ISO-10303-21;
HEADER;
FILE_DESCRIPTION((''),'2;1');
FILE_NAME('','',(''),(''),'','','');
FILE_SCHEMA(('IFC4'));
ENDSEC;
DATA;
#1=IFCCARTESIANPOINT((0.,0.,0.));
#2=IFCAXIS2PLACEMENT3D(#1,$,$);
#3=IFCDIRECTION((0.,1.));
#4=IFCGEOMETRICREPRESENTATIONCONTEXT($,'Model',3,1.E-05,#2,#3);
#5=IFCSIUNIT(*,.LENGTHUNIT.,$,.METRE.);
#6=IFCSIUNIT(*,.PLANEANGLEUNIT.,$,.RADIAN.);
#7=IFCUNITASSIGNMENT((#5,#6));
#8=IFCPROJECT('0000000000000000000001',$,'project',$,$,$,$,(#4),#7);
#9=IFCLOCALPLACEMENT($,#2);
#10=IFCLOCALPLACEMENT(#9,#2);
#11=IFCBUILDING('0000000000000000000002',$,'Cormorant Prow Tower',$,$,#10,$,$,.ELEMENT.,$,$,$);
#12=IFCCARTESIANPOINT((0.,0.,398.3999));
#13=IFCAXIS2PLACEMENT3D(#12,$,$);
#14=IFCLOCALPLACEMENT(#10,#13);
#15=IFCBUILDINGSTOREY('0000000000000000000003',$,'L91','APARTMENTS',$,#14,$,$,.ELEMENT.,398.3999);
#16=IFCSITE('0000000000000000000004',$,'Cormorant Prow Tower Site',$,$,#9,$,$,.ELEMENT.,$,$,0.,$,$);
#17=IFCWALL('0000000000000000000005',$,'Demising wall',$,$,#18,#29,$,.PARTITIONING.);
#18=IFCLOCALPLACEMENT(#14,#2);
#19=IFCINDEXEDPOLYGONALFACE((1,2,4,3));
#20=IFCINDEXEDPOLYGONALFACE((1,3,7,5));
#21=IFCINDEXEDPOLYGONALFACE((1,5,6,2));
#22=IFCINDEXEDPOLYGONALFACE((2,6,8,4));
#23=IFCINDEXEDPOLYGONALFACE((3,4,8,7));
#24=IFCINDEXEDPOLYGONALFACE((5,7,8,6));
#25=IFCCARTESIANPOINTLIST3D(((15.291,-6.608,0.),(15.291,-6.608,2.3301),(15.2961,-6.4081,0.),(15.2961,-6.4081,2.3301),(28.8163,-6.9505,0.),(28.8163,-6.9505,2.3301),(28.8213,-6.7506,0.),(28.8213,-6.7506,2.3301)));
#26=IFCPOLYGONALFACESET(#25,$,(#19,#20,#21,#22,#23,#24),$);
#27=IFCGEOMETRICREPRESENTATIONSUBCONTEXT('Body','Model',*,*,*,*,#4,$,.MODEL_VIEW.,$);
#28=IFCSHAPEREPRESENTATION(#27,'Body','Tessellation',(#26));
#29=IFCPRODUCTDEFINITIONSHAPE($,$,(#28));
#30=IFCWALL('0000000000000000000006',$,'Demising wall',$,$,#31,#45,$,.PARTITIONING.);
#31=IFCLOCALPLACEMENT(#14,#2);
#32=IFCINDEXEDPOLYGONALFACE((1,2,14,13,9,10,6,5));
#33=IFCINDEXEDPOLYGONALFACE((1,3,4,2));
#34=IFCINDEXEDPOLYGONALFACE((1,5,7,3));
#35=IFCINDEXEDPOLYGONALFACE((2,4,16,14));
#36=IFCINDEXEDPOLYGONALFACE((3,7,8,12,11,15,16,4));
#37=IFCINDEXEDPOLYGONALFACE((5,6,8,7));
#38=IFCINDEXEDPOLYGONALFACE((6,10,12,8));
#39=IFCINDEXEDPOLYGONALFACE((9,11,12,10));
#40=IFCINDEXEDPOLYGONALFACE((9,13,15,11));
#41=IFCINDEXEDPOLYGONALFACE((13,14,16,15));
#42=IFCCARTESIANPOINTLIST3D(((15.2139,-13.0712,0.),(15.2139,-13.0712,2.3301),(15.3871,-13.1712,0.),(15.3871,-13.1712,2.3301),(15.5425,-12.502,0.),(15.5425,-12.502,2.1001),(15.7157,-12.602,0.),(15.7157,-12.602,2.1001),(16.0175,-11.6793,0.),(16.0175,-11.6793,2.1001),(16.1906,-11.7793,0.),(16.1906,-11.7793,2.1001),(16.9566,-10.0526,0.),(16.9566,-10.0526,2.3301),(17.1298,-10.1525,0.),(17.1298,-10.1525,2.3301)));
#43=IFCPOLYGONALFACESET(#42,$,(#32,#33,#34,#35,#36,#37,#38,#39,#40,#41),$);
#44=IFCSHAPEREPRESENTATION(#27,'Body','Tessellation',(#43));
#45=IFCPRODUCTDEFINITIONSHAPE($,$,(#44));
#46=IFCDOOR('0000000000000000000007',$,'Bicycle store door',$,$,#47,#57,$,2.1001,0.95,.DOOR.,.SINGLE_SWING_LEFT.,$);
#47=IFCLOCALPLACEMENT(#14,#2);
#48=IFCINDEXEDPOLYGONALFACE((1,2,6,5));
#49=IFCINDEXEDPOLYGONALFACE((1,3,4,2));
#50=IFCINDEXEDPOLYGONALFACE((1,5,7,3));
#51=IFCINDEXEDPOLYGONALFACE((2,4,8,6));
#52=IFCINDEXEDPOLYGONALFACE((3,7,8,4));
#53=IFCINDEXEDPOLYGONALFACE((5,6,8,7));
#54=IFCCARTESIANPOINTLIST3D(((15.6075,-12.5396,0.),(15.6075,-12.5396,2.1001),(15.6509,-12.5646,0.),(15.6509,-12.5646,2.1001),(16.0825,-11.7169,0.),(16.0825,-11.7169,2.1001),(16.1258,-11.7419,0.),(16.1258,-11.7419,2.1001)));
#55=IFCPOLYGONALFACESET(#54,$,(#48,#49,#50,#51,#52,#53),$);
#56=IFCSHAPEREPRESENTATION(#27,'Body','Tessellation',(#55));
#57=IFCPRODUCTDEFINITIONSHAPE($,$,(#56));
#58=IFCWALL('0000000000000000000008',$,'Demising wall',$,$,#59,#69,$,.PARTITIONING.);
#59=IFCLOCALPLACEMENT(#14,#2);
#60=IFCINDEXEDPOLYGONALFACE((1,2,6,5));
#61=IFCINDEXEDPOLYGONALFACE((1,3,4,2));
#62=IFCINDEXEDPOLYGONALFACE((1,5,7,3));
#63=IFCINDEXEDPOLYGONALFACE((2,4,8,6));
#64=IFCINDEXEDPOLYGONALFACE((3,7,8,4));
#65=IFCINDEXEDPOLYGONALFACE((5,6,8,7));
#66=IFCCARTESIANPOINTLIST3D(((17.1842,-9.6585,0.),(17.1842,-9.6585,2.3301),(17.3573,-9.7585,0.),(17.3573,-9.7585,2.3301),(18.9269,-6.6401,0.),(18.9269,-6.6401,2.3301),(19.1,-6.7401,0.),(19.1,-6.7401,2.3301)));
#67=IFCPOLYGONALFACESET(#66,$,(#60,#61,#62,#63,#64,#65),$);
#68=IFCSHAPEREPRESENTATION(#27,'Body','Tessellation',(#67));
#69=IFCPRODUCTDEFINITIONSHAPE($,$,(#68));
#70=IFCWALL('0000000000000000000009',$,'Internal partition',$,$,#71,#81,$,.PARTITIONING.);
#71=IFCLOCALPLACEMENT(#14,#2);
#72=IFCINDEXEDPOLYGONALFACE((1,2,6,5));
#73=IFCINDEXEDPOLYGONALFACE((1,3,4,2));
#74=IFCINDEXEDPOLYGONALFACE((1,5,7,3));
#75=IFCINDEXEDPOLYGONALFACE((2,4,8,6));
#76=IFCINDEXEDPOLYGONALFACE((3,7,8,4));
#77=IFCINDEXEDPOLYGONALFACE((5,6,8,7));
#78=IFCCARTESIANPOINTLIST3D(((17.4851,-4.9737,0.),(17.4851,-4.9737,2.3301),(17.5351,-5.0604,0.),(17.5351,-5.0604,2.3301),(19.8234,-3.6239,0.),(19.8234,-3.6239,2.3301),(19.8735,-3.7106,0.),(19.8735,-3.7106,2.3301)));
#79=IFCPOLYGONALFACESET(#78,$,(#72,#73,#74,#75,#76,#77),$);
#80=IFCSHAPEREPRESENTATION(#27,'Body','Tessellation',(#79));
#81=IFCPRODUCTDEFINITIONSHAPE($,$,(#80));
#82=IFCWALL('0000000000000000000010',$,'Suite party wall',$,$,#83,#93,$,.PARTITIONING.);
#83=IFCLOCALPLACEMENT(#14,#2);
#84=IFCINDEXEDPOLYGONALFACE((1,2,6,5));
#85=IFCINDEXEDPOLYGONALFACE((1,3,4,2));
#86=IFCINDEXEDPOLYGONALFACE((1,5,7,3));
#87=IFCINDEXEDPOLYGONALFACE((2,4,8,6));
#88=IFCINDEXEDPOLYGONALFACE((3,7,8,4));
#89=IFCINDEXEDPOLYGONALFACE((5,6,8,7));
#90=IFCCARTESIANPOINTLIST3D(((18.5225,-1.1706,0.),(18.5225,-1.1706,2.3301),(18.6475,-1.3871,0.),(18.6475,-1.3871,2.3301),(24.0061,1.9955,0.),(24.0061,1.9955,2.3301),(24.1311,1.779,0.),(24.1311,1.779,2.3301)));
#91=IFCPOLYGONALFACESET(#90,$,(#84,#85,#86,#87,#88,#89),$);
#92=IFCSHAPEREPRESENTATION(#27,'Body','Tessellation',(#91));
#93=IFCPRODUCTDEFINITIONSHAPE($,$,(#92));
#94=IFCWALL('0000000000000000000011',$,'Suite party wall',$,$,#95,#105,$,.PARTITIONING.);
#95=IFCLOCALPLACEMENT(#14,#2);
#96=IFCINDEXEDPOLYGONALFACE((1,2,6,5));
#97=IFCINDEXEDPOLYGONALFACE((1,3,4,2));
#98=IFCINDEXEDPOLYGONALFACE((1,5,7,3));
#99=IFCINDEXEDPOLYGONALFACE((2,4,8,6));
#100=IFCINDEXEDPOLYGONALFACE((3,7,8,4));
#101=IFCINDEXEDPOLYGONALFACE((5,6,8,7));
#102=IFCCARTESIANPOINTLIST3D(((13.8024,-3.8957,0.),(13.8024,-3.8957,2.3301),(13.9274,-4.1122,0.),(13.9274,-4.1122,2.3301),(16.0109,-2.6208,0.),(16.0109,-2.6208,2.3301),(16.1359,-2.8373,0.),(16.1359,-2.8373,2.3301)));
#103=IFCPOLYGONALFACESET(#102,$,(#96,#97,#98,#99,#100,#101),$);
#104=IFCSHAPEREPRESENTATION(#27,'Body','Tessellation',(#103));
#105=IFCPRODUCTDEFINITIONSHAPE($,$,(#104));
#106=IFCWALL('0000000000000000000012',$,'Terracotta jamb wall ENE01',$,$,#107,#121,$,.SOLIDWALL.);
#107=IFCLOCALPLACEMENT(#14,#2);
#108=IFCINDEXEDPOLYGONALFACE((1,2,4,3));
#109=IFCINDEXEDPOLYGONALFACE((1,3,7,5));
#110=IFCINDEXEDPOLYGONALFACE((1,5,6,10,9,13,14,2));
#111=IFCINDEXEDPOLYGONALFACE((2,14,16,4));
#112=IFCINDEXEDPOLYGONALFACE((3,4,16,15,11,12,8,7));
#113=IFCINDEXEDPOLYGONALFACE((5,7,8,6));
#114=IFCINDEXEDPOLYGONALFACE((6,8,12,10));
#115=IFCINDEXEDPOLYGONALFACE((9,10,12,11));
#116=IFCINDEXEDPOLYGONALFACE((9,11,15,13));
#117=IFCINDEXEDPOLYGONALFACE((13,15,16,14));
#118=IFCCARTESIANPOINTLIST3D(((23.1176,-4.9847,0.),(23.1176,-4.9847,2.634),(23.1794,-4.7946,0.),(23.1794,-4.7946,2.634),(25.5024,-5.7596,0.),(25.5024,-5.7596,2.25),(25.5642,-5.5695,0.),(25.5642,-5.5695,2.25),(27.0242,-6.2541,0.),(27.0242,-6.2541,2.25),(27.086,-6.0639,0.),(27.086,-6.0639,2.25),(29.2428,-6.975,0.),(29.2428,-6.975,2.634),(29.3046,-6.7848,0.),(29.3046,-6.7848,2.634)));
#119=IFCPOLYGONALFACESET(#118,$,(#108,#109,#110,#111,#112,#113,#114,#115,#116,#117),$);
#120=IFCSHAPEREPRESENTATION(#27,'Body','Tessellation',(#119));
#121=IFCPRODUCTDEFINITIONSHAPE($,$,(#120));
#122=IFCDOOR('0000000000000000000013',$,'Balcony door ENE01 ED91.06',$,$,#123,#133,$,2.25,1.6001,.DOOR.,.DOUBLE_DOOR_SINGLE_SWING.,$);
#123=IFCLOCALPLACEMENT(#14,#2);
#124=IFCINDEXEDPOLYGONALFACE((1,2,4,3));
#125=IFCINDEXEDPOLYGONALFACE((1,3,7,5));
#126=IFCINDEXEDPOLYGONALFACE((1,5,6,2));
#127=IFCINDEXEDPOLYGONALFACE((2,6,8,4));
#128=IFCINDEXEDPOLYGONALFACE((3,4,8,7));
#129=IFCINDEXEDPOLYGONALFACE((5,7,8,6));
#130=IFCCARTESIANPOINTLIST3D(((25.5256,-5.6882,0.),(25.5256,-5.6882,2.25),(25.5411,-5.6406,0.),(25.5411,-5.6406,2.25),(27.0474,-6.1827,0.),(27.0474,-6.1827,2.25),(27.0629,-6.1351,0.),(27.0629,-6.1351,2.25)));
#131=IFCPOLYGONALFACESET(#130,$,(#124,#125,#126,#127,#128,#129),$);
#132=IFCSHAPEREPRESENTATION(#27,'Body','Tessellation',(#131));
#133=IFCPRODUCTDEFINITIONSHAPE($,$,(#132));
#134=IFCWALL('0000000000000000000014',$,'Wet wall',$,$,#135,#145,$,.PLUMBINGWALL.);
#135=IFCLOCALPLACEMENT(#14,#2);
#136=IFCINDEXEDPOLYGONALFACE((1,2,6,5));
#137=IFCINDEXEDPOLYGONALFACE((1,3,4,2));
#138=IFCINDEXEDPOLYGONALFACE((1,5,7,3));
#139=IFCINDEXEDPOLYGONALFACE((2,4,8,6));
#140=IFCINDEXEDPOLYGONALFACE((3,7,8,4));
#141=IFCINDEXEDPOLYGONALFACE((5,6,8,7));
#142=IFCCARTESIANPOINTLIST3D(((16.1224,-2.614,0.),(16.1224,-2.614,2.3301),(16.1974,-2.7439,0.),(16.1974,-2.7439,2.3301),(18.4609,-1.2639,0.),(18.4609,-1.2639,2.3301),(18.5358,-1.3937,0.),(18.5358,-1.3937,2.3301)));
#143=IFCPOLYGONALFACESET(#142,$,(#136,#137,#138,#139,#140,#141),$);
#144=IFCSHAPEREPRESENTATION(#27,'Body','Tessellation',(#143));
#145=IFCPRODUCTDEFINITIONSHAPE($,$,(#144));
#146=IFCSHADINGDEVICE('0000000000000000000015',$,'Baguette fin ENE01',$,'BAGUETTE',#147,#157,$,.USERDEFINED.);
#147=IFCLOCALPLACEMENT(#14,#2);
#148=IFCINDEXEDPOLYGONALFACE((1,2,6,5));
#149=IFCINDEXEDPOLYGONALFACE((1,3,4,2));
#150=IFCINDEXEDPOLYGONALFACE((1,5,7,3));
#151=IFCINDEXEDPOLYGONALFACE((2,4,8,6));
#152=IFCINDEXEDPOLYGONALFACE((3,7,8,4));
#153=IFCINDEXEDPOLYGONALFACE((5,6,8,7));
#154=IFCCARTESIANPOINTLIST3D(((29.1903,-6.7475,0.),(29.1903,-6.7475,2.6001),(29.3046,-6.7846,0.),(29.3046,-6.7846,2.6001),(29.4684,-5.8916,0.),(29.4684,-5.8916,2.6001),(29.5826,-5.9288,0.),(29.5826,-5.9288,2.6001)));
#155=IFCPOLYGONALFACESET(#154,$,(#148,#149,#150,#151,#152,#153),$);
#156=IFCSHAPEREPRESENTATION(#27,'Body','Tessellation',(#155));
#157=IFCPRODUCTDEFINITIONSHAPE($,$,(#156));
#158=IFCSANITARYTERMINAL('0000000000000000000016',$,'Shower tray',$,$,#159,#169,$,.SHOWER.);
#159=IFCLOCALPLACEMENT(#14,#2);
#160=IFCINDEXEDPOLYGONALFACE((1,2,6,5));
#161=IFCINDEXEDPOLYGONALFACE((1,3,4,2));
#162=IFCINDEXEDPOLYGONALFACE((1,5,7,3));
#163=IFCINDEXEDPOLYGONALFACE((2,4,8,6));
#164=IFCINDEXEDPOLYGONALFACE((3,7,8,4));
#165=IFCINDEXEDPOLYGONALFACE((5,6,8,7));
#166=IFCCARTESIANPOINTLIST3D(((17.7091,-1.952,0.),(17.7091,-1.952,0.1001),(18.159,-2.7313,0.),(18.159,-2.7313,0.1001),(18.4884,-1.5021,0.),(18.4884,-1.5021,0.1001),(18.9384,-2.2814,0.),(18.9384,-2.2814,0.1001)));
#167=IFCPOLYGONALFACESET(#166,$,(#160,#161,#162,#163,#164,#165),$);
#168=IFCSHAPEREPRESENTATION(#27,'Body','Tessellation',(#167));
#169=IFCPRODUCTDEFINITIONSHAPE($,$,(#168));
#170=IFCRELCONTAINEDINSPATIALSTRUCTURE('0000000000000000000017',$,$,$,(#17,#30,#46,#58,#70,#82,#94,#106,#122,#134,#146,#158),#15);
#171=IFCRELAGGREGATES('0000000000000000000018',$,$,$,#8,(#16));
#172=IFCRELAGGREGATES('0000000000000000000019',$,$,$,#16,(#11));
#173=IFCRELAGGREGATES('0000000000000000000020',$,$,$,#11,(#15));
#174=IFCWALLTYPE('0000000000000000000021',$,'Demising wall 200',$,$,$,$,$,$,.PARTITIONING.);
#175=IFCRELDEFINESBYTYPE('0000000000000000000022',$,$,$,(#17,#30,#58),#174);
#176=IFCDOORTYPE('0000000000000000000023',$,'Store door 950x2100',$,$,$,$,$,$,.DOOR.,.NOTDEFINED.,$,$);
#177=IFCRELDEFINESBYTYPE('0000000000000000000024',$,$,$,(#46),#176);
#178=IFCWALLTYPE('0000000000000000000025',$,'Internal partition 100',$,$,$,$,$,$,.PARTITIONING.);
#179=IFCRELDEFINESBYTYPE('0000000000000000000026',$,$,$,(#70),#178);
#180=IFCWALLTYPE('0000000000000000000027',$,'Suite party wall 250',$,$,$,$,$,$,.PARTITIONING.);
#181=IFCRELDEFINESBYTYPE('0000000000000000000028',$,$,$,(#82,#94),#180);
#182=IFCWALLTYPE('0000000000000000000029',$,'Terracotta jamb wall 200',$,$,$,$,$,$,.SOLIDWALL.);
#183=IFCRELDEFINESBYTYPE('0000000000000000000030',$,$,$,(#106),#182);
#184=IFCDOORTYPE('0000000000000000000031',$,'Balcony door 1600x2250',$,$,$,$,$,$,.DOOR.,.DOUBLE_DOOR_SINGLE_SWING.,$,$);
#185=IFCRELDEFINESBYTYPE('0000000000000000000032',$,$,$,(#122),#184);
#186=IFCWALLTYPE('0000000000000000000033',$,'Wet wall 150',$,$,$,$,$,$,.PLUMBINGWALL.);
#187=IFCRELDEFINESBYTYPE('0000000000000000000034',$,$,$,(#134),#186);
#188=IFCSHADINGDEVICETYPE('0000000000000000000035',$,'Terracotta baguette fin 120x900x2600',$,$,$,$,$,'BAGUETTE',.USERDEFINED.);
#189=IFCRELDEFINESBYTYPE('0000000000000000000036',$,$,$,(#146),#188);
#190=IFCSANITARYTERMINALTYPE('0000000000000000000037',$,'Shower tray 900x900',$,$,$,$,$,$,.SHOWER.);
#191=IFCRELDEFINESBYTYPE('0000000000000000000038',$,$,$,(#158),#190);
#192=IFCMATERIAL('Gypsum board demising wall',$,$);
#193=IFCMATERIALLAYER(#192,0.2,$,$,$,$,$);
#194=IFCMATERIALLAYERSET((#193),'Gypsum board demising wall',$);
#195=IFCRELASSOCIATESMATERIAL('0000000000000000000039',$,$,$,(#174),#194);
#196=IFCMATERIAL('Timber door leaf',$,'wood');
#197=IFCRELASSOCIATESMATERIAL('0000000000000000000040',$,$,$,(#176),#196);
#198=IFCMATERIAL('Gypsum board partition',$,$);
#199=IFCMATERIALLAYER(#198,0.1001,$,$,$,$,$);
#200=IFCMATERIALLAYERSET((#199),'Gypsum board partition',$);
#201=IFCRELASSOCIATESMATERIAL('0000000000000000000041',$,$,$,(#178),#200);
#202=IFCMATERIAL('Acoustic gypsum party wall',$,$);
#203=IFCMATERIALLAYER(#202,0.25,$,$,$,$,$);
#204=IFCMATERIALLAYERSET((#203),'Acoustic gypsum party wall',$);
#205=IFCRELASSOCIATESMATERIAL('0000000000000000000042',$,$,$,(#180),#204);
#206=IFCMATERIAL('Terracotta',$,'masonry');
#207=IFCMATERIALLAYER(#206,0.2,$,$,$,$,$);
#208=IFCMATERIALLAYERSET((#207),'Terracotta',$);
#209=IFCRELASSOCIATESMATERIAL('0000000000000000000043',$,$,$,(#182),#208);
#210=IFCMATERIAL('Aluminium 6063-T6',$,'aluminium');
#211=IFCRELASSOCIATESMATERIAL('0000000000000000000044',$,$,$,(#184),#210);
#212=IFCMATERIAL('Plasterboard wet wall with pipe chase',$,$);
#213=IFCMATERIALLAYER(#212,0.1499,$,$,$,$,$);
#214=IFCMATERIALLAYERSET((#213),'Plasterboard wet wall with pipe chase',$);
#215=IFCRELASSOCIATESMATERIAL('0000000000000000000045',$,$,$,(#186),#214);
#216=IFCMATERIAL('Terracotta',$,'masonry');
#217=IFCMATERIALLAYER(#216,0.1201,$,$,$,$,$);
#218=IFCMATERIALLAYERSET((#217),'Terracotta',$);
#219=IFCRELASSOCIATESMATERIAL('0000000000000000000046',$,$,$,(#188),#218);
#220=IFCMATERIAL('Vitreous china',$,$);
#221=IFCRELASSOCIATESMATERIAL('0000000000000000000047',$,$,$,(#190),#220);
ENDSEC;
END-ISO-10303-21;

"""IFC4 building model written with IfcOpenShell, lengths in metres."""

from ifc_helpers import new_model, si_unit, direction, frame, frame_2d, origin, origin_2d, place, context, subcontext, project, spatial, rectangle, extrude, material, layer, layer_set, type_object, element, fill, save


model = new_model("IFC4")

# Units and contexts
model_context = context("Model", 3, precision=1e-05, world=origin(), true_north=direction((0.0, 1.0)))
body_context = subcontext(model_context, "Body", "Model", "MODEL_VIEW")
ifc_project = project(units=[si_unit("LENGTHUNIT", "METRE"), si_unit("PLANEANGLEUNIT", "RADIAN")], contexts=[model_context])

# Site, building, storey
site_placement = place(None, origin())
site = spatial("IfcSite", under=ifc_project, at=site_placement, Name="Cormorant Prow Tower Site", CompositionType="ELEMENT", RefElevation=0.0)
building_placement = place(site_placement, origin())
building = spatial("IfcBuilding", under=site, at=building_placement, Name="Cormorant Prow Tower", CompositionType="ELEMENT")
storey_placement = place(building_placement, frame((0.0, 0.0, 398.3999)))
storey = spatial("IfcBuildingStorey", under=building, at=storey_placement, Name="L91", Description="APARTMENTS", CompositionType="ELEMENT", Elevation=398.3999)

# Wall
ifc_material_1 = material(Name="Gypsum board demising wall")
ifc_layer_1 = layer(ifc_material_1, 0.2)
ifc_layer_set_1 = layer_set([ifc_layer_1], Name="Gypsum board demising wall")
wall_type_1 = type_object("IfcWallType", Name="Demising wall 200", PredefinedType="PARTITIONING", material=ifc_layer_set_1)
wall_1_placement = place(storey_placement, frame((15.2937, -6.5081, 0.0), z_axis=(0.0, 0.0, 1.0), x_axis=(0.999679, -0.025317, 0.0)))
element("IfcWall", 1, at=wall_1_placement, inside=storey, type_object=wall_type_1, Name="Demising wall", PredefinedType="PARTITIONING", context=body_context, shape_type="SweptSolid", body=[
    extrude(rectangle(XDim=13.5295, YDim=0.2, at=frame_2d((6.7646, 0.0))), origin(), (0.0, 0.0, 1.0), 2.3301),
])

# Wall, opening, door
wall_2_placement = place(storey_placement, frame((15.3005, -13.1211, 0.0), z_axis=(0.0, 0.0, 1.0), x_axis=(0.499981, 0.866036, 0.0)))
wall_2 = element("IfcWall", 2, at=wall_2_placement, inside=storey, type_object=wall_type_1, Name="Demising wall", PredefinedType="PARTITIONING", context=body_context, shape_type="SweptSolid", body=[
    extrude(rectangle(XDim=3.4856, YDim=0.2, at=frame_2d((1.7427, 0.0))), origin(), (0.0, 0.0, 1.0), 2.3301),
])
opening_1_placement = place(wall_2_placement, frame((0.657, 0.0, 0.0)))
opening_1 = element("IfcOpeningElement", 3, at=opening_1_placement, cuts=wall_2, PredefinedType="OPENING", context=body_context, shape_type="SweptSolid", body=[
    extrude(rectangle(XDim=0.95, YDim=2.1001, at=frame_2d((0.4751, 1.05))), frame((0.0, 0.1099, 0.0), z_axis=(0.0, -1.0, 0.0), x_axis=(1.0, 0.0, 0.0)), (0.0, 0.0, 1.0), 0.22),
])
ifc_material_2 = material(Name="Timber door leaf", Category="wood")
door_type_1 = type_object("IfcDoorType", Name="Store door 950x2100", OperationType="NOTDEFINED", PredefinedType="DOOR", material=ifc_material_2)
door_1_placement = place(opening_1_placement, origin())
door_1 = element("IfcDoor", 4, at=door_1_placement, inside=storey, type_object=door_type_1, Name="Bicycle store door", OperationType="SINGLE_SWING_LEFT", OverallHeight=2.1001, OverallWidth=0.95, PredefinedType="DOOR", context=body_context, shape_type="SweptSolid", body=[
    extrude(rectangle(XDim=0.95, YDim=2.1001, at=frame_2d((0.4751, 1.05))), frame((0.0, 0.0249, 0.0), z_axis=(0.0, -1.0, 0.0), x_axis=(1.0, 0.0, 0.0)), (0.0, 0.0, 1.0), 0.05),
])
fill(opening_1, door_1)

# Walls
wall_3_placement = place(storey_placement, frame((17.2708, -9.7085, 0.0), z_axis=(0.0, 0.0, 1.0), x_axis=(0.500011, 0.866019, 0.0)))
element("IfcWall", 5, at=wall_3_placement, inside=storey, type_object=wall_type_1, Name="Demising wall", PredefinedType="PARTITIONING", context=body_context, shape_type="SweptSolid", body=[
    extrude(rectangle(XDim=3.4854, YDim=0.2, at=frame_2d((1.7427, 0.0))), origin(), (0.0, 0.0, 1.0), 2.3301),
])
ifc_material_3 = material(Name="Gypsum board partition")
ifc_layer_2 = layer(ifc_material_3, 0.1001)
ifc_layer_set_2 = layer_set([ifc_layer_2], Name="Gypsum board partition")
wall_type_2 = type_object("IfcWallType", Name="Internal partition 100", PredefinedType="PARTITIONING", material=ifc_layer_set_2)
wall_4_placement = place(storey_placement, frame((17.51, -5.0171, 0.0), z_axis=(0.0, 0.0, 1.0), x_axis=(0.866059, 0.499942, 0.0)))
element("IfcWall", 6, at=wall_4_placement, inside=storey, type_object=wall_type_2, Name="Internal partition", PredefinedType="PARTITIONING", context=body_context, shape_type="SweptSolid", body=[
    extrude(rectangle(XDim=2.7, YDim=0.1001, at=frame_2d((1.3501, 0.0))), origin(), (0.0, 0.0, 1.0), 2.3301),
])
ifc_material_4 = material(Name="Acoustic gypsum party wall")
ifc_layer_3 = layer(ifc_material_4, 0.25)
ifc_layer_set_3 = layer_set([ifc_layer_3], Name="Acoustic gypsum party wall")
wall_type_3 = type_object("IfcWallType", Name="Suite party wall 250", PredefinedType="PARTITIONING", material=ifc_layer_set_3)
wall_5_placement = place(storey_placement, frame((18.585, -1.2788, 0.0), z_axis=(0.0, 0.0, 1.0), x_axis=(0.866023, 0.500004, 0.0)))
element("IfcWall", 7, at=wall_5_placement, inside=storey, type_object=wall_type_3, Name="Suite party wall", PredefinedType="PARTITIONING", context=body_context, shape_type="SweptSolid", body=[
    extrude(rectangle(XDim=6.332, YDim=0.25, at=frame_2d((3.166, 0.0))), origin(), (0.0, 0.0, 1.0), 2.3301),
])
wall_6_placement = place(storey_placement, frame((13.865, -4.0039, 0.0), z_axis=(0.0, 0.0, 1.0), x_axis=(0.866055, 0.499949, 0.0)))
element("IfcWall", 8, at=wall_6_placement, inside=storey, type_object=wall_type_3, Name="Suite party wall", PredefinedType="PARTITIONING", context=body_context, shape_type="SweptSolid", body=[
    extrude(rectangle(XDim=2.55, YDim=0.25, at=frame_2d((1.2749, 0.0))), origin(), (0.0, 0.0, 1.0), 2.3301),
])

# Wall, opening, door
ifc_material_5 = material(Name="Terracotta", Category="masonry")
ifc_layer_4 = layer(ifc_material_5, 0.2)
ifc_layer_set_4 = layer_set([ifc_layer_4], Name="Terracotta")
wall_type_4 = type_object("IfcWallType", Name="Terracotta jamb wall 200", PredefinedType="SOLIDWALL", material=ifc_layer_set_4)
wall_7_placement = place(storey_placement, frame((29.2737, -6.8799, 0.0), z_axis=(0.0, 0.0, 1.0), x_axis=(-0.951056, 0.30902, 0.0)))
wall_7 = element("IfcWall", 9, at=wall_7_placement, inside=storey, type_object=wall_type_4, Name="Terracotta jamb wall ENE01", PredefinedType="SOLIDWALL", context=body_context, shape_type="SweptSolid", body=[
    extrude(rectangle(XDim=6.4404, YDim=0.2, at=frame_2d((3.2202, 0.0))), origin(), (0.0, 0.0, 1.0), 2.634),
])
opening_2_placement = place(wall_7_placement, frame((2.3328, 0.0, 0.0)))
opening_2 = element("IfcOpeningElement", 10, at=opening_2_placement, cuts=wall_7, PredefinedType="OPENING", context=body_context, shape_type="SweptSolid", body=[
    extrude(rectangle(XDim=1.6001, YDim=2.25, at=frame_2d((0.8, 1.125))), frame((0.0, 0.1099, 0.0), z_axis=(0.0, -1.0, 0.0), x_axis=(1.0, 0.0, 0.0)), (0.0, 0.0, 1.0), 0.22),
])
ifc_material_6 = material(Name="Aluminium 6063-T6", Category="aluminium")
door_type_2 = type_object("IfcDoorType", Name="Balcony door 1600x2250", OperationType="DOUBLE_DOOR_SINGLE_SWING", PredefinedType="DOOR", material=ifc_material_6)
door_2_placement = place(opening_2_placement, origin())
door_2 = element("IfcDoor", 11, at=door_2_placement, inside=storey, type_object=door_type_2, Name="Balcony door ENE01 ED91.06", OperationType="DOUBLE_DOOR_SINGLE_SWING", OverallHeight=2.25, OverallWidth=1.6001, PredefinedType="DOOR", context=body_context, shape_type="SweptSolid", body=[
    extrude(rectangle(XDim=1.6001, YDim=2.25, at=frame_2d((0.8, 1.125))), frame((0.0, 0.0249, 0.0), z_axis=(0.0, -1.0, 0.0), x_axis=(1.0, 0.0, 0.0)), (0.0, 0.0, 1.0), 0.05),
])
fill(opening_2, door_2)

# Wall
ifc_material_7 = material(Name="Plasterboard wet wall with pipe chase")
ifc_layer_5 = layer(ifc_material_7, 0.1499)
ifc_layer_set_5 = layer_set([ifc_layer_5], Name="Plasterboard wet wall with pipe chase")
wall_type_5 = type_object("IfcWallType", Name="Wet wall 150", PredefinedType="PLUMBINGWALL", material=ifc_layer_set_5)
wall_8_placement = place(storey_placement, frame((16.1599, -2.679, 0.0), z_axis=(0.0, 0.0, 1.0), x_axis=(0.86602, 0.500009, 0.0)))
element("IfcWall", 12, at=wall_8_placement, inside=storey, type_object=wall_type_5, Name="Wet wall", PredefinedType="PLUMBINGWALL", context=body_context, shape_type="SweptSolid", body=[
    extrude(rectangle(XDim=2.7002, YDim=0.1499, at=frame_2d((1.3501, 0.0))), origin(), (0.0, 0.0, 1.0), 2.3301),
])

# Shading device
ifc_material_8 = material(Name="Terracotta", Category="masonry")
ifc_layer_6 = layer(ifc_material_8, 0.1201)
ifc_layer_set_6 = layer_set([ifc_layer_6], Name="Terracotta")
shading_device_type = type_object("IfcShadingDeviceType", Name="Terracotta baguette fin 120x900x2600", ElementType="BAGUETTE", PredefinedType="USERDEFINED", material=ifc_layer_set_6)
shading_device_placement = place(storey_placement, frame((29.3865, -6.3381, 0.0), z_axis=(0.0, 0.0, 1.0), x_axis=(-0.951056, 0.309017, 0.0)))
element("IfcShadingDevice", 13, at=shading_device_placement, inside=storey, type_object=shading_device_type, Name="Baguette fin ENE01", ObjectType="BAGUETTE", PredefinedType="USERDEFINED", context=body_context, shape_type="SweptSolid", body=[
    extrude(rectangle(XDim=0.1201, YDim=0.8999, at=origin_2d()), origin(), (0.0, 0.0, 1.0), 2.6001),
])

# Sanitary terminal
ifc_material_9 = material(Name="Vitreous china")
sanitary_terminal_type_1 = type_object("IfcSanitaryTerminalType", Name="Shower tray 900x900", PredefinedType="SHOWER", material=ifc_material_9)
for number, where, z_axis, x_axis, name in (
    (14, (18.3237, -2.1167, 0.0), (0.0, 0.0, 1.0), (0.5, -0.866025, 0.0), "Shower tray"),
):
    element("IfcSanitaryTerminal", number, at=place(storey_placement, frame(where, z_axis=z_axis, x_axis=x_axis)), inside=storey, type_object=sanitary_terminal_type_1, Name=name, PredefinedType="SHOWER", context=body_context, shape_type="SweptSolid", body=[
        extrude(rectangle(XDim=0.8999, YDim=0.8999, at=origin_2d()), origin(), (0.0, 0.0, 1.0), 0.1001),
    ])

save(model, "model.ifc")
